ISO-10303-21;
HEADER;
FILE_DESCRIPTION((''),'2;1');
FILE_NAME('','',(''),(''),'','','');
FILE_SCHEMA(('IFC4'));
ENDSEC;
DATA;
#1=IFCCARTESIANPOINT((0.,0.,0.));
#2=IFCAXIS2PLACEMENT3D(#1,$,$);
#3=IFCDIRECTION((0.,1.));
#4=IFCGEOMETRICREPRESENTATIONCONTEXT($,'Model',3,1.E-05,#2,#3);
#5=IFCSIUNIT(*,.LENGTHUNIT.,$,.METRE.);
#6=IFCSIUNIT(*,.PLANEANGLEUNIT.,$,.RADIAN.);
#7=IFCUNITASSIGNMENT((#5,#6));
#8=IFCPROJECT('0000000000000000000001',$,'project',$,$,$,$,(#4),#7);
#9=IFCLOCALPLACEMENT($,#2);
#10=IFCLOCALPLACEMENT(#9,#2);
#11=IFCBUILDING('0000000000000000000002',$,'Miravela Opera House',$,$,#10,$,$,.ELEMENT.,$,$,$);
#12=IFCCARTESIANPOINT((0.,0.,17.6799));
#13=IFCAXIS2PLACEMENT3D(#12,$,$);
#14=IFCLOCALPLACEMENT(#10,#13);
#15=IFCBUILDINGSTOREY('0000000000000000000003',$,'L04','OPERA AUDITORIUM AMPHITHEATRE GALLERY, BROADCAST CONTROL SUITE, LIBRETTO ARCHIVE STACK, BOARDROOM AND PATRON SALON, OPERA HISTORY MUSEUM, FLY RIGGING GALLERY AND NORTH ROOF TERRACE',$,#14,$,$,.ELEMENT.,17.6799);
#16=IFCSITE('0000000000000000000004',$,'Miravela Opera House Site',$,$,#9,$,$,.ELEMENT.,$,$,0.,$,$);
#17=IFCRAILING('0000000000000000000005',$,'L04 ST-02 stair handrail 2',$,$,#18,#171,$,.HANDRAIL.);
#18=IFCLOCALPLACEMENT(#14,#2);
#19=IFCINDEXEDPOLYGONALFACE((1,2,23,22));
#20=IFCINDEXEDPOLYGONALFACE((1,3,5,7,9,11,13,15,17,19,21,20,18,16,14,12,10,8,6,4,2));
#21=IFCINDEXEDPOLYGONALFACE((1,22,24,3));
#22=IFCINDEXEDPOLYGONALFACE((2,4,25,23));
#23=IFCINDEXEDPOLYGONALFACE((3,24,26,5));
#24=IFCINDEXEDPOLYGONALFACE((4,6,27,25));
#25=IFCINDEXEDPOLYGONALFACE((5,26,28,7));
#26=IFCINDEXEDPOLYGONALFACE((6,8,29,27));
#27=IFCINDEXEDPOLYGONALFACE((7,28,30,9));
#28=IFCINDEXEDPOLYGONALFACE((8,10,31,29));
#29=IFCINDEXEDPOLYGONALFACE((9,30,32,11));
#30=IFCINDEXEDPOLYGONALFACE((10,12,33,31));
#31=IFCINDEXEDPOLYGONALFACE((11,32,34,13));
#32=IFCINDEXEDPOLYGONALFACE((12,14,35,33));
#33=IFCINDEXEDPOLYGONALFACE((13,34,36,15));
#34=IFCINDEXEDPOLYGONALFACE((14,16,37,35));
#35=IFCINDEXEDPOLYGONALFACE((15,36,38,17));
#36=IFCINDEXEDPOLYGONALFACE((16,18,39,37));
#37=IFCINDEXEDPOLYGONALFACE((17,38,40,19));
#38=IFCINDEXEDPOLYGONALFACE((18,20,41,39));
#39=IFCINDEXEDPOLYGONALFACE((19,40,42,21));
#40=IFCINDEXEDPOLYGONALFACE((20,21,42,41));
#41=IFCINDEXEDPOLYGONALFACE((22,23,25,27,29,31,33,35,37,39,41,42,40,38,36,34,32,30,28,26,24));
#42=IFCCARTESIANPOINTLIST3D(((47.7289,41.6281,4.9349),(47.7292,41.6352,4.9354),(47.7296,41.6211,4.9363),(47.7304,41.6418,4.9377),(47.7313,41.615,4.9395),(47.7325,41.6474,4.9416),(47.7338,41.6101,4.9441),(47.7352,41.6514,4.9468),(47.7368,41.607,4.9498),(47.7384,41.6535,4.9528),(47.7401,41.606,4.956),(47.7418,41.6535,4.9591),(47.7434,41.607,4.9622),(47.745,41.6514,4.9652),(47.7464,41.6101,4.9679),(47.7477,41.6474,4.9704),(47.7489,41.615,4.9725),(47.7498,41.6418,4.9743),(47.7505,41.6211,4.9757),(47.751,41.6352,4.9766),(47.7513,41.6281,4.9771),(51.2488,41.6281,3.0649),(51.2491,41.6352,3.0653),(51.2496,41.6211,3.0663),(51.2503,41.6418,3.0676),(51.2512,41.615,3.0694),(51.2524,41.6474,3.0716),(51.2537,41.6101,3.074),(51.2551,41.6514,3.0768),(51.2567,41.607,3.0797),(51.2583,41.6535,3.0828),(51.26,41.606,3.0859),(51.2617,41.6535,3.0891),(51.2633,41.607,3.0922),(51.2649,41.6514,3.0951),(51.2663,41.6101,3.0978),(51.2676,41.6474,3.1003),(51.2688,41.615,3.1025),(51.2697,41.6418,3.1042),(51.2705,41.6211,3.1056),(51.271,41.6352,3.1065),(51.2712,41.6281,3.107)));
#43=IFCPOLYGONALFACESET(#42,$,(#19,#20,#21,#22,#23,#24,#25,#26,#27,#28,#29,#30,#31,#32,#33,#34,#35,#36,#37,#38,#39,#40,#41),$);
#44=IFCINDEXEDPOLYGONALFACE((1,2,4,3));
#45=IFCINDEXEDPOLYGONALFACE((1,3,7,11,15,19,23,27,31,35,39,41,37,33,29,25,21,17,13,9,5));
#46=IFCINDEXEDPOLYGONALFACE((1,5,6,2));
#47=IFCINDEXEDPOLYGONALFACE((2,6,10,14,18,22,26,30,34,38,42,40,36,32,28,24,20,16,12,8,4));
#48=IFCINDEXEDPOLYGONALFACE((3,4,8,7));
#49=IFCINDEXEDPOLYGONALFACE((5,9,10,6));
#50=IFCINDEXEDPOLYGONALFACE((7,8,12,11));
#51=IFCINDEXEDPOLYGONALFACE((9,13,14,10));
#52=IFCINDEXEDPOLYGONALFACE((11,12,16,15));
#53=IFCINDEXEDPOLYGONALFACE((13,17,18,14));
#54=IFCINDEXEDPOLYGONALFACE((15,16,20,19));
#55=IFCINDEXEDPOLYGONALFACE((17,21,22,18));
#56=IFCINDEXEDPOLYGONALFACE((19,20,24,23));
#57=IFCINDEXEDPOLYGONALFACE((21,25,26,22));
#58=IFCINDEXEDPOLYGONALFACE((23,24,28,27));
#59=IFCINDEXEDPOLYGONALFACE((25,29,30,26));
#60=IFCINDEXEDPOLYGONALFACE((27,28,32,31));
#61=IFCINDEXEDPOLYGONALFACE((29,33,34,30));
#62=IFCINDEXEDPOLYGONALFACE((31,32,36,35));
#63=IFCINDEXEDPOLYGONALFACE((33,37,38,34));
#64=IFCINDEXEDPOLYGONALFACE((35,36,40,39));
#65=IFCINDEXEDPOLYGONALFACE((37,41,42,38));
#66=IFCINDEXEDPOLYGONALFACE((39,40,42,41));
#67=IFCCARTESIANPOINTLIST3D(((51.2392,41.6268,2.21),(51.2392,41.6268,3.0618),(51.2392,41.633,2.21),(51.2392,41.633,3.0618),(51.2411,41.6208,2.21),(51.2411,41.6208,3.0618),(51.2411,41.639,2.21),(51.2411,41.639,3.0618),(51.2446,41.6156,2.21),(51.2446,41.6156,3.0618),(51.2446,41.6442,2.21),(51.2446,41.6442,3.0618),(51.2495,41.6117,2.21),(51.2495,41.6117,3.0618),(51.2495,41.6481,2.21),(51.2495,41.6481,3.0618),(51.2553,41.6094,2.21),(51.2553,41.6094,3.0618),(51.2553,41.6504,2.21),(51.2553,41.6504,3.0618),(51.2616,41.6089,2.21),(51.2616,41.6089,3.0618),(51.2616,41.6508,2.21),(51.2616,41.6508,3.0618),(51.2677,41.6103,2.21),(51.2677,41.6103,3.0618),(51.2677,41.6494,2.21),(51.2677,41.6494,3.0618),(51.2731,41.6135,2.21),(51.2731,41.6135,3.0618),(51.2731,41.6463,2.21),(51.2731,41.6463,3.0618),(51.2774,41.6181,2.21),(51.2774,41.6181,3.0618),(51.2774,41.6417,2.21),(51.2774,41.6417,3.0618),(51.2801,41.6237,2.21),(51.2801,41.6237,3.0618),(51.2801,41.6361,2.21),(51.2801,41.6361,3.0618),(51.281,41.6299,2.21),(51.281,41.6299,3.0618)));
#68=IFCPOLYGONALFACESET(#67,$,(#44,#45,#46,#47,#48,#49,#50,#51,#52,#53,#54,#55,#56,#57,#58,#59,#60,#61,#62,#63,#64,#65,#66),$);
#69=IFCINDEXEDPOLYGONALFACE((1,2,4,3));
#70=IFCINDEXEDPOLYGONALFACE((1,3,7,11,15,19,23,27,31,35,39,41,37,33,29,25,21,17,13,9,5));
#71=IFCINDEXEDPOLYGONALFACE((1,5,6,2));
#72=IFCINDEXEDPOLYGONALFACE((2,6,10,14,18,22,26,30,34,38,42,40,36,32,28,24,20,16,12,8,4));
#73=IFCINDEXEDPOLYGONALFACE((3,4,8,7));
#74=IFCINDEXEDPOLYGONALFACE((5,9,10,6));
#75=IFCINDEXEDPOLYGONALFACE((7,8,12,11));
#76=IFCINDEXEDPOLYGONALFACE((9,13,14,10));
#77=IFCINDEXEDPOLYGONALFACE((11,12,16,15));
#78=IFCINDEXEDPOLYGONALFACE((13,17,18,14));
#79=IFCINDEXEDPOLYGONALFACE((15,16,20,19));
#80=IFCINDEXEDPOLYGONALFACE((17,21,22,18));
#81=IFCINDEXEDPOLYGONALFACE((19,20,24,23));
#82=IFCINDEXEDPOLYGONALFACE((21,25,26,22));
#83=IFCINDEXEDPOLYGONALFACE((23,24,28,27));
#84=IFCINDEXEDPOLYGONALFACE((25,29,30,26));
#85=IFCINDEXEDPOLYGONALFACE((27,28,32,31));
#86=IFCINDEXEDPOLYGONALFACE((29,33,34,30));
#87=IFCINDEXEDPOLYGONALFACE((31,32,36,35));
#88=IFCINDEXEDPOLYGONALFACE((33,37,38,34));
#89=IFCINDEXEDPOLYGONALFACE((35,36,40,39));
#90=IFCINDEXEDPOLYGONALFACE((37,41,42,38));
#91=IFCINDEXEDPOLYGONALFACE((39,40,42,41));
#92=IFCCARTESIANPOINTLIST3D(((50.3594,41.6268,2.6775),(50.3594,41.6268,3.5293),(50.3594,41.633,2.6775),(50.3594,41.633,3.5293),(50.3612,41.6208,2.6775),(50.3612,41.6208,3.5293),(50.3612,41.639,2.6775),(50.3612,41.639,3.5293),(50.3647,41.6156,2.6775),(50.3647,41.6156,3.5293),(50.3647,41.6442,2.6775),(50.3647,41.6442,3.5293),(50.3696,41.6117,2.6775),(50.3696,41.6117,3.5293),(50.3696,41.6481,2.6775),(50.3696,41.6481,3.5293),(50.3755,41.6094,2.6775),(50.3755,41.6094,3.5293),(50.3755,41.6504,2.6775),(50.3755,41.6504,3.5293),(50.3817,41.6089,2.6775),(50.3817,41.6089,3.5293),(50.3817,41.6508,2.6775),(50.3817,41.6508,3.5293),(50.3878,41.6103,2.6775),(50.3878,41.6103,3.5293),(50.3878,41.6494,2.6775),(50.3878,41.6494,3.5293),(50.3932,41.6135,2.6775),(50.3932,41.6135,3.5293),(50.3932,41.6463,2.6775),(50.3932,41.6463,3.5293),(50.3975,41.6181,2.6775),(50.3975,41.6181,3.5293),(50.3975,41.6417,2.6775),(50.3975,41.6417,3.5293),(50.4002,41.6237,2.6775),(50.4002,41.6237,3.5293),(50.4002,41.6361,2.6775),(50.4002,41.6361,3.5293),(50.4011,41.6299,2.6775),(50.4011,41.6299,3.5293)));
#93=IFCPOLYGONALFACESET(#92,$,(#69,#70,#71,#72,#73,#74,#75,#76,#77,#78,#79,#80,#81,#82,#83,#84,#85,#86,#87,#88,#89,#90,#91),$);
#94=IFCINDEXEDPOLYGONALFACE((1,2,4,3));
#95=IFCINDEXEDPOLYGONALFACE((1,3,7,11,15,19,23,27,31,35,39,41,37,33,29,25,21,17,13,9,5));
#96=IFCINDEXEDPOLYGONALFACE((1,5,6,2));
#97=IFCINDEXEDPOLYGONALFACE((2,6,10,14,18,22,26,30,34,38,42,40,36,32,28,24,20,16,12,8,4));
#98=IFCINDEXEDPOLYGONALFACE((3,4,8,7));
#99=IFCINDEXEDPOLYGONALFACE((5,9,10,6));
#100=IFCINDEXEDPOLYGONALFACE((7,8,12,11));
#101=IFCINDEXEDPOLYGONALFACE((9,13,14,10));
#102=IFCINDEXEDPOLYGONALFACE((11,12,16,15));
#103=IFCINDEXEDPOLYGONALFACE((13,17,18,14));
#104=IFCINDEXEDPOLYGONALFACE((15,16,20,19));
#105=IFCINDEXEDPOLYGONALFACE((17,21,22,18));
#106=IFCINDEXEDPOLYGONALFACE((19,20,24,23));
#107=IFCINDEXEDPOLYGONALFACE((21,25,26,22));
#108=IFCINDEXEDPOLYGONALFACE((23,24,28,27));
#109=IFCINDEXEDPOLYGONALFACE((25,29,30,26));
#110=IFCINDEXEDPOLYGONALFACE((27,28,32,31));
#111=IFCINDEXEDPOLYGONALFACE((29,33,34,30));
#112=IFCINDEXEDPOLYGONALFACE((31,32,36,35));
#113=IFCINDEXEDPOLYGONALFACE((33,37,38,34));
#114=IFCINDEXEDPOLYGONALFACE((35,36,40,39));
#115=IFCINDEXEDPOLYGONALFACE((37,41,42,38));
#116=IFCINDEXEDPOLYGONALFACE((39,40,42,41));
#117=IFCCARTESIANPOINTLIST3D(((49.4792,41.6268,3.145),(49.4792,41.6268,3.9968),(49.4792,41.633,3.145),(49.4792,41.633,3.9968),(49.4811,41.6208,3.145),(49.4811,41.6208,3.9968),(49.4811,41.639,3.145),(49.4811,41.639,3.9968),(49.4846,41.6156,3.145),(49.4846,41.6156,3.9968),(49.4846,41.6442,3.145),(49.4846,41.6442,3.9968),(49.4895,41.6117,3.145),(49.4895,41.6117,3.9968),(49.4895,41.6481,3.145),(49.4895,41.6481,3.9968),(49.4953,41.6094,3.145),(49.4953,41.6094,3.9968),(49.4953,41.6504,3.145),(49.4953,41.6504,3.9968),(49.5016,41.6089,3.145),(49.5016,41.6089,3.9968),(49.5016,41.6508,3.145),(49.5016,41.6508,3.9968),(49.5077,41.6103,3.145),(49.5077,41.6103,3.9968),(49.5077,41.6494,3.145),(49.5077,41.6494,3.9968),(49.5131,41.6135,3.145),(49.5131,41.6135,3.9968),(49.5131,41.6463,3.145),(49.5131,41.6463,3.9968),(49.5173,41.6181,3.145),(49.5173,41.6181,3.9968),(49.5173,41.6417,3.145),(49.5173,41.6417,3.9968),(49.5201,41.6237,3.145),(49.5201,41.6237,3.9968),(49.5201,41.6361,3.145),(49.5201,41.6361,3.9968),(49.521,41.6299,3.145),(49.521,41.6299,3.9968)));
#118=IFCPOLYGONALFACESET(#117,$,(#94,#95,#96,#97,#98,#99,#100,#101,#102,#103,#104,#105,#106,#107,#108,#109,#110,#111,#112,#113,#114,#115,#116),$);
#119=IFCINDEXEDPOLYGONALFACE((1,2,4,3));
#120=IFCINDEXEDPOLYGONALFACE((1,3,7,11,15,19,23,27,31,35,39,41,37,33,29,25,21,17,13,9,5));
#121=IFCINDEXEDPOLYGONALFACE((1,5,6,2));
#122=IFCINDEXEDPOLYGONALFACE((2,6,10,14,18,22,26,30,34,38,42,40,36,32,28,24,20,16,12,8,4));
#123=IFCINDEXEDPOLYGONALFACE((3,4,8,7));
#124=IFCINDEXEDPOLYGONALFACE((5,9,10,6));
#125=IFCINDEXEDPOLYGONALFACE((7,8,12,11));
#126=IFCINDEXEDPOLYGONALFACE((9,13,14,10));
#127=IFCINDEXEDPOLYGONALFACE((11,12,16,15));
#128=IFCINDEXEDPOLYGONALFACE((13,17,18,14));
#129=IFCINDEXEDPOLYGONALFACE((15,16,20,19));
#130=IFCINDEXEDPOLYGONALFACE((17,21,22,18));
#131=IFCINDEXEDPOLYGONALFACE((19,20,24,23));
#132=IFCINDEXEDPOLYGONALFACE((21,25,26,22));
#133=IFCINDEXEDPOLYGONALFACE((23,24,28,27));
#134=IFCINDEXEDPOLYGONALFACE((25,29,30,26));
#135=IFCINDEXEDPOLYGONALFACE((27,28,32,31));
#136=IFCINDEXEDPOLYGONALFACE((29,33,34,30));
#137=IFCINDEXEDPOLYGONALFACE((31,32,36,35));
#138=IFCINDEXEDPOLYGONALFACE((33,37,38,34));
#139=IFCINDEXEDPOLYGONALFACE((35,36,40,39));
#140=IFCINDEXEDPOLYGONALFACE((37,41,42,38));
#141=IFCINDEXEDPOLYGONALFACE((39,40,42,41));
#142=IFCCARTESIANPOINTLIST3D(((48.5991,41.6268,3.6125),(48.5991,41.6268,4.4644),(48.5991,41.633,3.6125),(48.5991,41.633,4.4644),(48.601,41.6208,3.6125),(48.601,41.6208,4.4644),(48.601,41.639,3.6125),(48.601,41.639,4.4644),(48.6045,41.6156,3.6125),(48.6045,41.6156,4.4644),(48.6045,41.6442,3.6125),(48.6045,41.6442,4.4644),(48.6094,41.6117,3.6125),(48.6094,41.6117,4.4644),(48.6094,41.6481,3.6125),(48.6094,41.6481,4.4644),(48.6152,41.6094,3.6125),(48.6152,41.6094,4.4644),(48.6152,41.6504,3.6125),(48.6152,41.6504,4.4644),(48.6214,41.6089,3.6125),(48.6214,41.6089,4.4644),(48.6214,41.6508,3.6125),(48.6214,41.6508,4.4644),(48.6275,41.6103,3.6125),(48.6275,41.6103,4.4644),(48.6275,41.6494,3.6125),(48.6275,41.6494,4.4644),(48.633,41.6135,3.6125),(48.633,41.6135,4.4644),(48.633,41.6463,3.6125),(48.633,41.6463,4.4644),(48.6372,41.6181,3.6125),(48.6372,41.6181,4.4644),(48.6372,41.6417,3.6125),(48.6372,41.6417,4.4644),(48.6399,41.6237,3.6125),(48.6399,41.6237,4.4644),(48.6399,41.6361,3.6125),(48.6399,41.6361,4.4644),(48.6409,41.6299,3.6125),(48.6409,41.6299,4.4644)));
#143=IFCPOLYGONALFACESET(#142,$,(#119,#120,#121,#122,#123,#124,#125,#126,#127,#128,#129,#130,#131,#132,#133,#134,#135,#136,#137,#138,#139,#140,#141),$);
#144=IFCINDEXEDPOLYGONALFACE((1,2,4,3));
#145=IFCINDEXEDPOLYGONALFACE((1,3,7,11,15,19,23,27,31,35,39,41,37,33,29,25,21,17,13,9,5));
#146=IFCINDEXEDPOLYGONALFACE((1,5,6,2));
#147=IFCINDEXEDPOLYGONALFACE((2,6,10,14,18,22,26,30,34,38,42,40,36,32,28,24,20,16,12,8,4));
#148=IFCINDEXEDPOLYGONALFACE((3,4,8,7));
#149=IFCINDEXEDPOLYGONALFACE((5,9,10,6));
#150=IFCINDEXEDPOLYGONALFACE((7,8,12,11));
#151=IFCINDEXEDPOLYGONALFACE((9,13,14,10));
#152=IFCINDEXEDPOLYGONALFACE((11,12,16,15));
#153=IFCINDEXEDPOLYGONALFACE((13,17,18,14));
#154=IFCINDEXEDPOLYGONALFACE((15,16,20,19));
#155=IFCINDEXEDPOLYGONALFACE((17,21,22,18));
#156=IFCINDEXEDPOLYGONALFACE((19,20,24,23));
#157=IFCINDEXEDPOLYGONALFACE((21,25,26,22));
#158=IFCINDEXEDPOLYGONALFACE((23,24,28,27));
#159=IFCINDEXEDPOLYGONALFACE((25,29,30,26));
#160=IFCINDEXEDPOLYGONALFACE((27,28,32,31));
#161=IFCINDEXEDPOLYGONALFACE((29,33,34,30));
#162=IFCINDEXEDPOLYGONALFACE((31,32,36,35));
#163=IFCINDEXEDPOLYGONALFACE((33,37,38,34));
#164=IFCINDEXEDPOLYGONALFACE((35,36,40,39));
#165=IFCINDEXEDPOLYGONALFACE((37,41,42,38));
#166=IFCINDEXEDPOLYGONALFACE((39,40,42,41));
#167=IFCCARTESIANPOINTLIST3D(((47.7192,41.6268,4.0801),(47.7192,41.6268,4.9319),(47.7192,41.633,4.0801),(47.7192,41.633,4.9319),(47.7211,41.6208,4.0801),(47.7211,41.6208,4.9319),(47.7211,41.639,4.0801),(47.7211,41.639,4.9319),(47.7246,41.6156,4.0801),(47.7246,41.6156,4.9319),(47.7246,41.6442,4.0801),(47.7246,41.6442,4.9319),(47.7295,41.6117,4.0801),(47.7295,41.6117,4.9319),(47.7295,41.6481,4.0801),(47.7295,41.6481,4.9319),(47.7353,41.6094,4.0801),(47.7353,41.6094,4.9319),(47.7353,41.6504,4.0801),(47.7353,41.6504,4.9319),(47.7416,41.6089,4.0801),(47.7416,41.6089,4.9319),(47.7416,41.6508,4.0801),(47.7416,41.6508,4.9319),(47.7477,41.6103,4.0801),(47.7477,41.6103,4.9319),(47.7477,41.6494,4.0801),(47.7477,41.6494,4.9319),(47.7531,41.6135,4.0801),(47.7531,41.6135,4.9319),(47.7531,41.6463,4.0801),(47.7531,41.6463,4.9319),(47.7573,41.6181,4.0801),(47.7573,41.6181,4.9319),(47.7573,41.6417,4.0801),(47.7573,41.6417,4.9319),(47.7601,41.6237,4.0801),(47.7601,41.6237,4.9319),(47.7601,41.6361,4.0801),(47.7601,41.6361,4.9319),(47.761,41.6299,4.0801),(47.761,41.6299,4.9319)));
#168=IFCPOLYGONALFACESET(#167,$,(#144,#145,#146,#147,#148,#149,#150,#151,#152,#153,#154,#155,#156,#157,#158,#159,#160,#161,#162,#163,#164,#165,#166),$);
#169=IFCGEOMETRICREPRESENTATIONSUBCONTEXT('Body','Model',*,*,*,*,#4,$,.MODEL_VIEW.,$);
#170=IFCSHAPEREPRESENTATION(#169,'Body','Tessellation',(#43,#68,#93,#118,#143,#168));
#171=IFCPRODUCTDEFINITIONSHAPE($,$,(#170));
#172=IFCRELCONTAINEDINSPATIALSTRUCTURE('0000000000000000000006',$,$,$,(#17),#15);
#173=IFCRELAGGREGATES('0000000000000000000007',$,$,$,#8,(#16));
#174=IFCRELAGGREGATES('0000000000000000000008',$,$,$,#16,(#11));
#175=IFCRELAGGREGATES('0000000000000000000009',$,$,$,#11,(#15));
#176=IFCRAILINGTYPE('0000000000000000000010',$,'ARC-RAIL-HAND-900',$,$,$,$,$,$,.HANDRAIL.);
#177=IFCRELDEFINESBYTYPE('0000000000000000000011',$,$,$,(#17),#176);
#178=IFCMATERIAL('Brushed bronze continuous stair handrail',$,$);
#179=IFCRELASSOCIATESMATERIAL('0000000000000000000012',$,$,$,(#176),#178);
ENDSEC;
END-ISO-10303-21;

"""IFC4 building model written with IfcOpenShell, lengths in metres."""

from ifc_helpers import new_model, si_unit, direction, frame, origin, origin_2d, place, context, subcontext, project, spatial, circle, extrude, material, type_object, element, save


model = new_model("IFC4")

# Units and contexts
model_context = context("Model", 3, precision=1e-05, world=origin(), true_north=direction((0.0, 1.0)))
body_context = subcontext(model_context, "Body", "Model", "MODEL_VIEW")
ifc_project = project(units=[si_unit("LENGTHUNIT", "METRE"), si_unit("PLANEANGLEUNIT", "RADIAN")], contexts=[model_context])

# Site, building, storey
site_placement = place(None, origin())
site = spatial("IfcSite", under=ifc_project, at=site_placement, Name="Miravela Opera House Site", CompositionType="ELEMENT", RefElevation=0.0)
building_placement = place(site_placement, origin())
building = spatial("IfcBuilding", under=site, at=building_placement, Name="Miravela Opera House", CompositionType="ELEMENT")
storey_placement = place(building_placement, frame((0.0, 0.0, 17.6799)))
storey = spatial("IfcBuildingStorey", under=building, at=storey_placement, Name="L04", Description="OPERA AUDITORIUM AMPHITHEATRE GALLERY, BROADCAST CONTROL SUITE, LIBRETTO ARCHIVE STACK, BOARDROOM AND PATRON SALON, OPERA HISTORY MUSEUM, FLY RIGGING GALLERY AND NORTH ROOF TERRACE", CompositionType="ELEMENT", Elevation=17.6799)

# Railing
ifc_material_1 = material(Name="Brushed bronze continuous stair handrail")
railing_type_1 = type_object("IfcRailingType", Name="ARC-RAIL-HAND-900", PredefinedType="HANDRAIL", material=ifc_material_1)
railing_1_placement = place(storey_placement, frame((51.26, 41.6299, 2.21)))
element("IfcRailing", 1, at=railing_1_placement, inside=storey, type_object=railing_type_1, Name="L04 ST-02 stair handrail 2", PredefinedType="HANDRAIL", context=body_context, shape_type="SweptSolid", body=[
    extrude(circle(Radius=0.0239, at=origin_2d()), frame((0.0, 0.0, 0.876), z_axis=(-0.883105, 0.0, 0.469176), x_axis=(0.0, -1.0, 0.0)), (0.0, 0.0, 1.0), 3.9858),
    extrude(circle(Radius=0.021, at=origin_2d()), origin(), (0.0, 0.0, 1.0), 0.8518),
    extrude(circle(Radius=0.021, at=origin_2d()), frame((-0.8799, 0.0, 0.4675)), (0.0, 0.0, 1.0), 0.8518),
    extrude(circle(Radius=0.021, at=origin_2d()), frame((-1.76, 0.0, 0.9351)), (0.0, 0.0, 1.0), 0.8518),
    extrude(circle(Radius=0.021, at=origin_2d()), frame((-2.6401, 0.0, 1.4026)), (0.0, 0.0, 1.0), 0.8518),
    extrude(circle(Radius=0.021, at=origin_2d()), frame((-3.52, 0.0, 1.8701)), (0.0, 0.0, 1.0), 0.8518),
])

save(model, "model.ifc")
